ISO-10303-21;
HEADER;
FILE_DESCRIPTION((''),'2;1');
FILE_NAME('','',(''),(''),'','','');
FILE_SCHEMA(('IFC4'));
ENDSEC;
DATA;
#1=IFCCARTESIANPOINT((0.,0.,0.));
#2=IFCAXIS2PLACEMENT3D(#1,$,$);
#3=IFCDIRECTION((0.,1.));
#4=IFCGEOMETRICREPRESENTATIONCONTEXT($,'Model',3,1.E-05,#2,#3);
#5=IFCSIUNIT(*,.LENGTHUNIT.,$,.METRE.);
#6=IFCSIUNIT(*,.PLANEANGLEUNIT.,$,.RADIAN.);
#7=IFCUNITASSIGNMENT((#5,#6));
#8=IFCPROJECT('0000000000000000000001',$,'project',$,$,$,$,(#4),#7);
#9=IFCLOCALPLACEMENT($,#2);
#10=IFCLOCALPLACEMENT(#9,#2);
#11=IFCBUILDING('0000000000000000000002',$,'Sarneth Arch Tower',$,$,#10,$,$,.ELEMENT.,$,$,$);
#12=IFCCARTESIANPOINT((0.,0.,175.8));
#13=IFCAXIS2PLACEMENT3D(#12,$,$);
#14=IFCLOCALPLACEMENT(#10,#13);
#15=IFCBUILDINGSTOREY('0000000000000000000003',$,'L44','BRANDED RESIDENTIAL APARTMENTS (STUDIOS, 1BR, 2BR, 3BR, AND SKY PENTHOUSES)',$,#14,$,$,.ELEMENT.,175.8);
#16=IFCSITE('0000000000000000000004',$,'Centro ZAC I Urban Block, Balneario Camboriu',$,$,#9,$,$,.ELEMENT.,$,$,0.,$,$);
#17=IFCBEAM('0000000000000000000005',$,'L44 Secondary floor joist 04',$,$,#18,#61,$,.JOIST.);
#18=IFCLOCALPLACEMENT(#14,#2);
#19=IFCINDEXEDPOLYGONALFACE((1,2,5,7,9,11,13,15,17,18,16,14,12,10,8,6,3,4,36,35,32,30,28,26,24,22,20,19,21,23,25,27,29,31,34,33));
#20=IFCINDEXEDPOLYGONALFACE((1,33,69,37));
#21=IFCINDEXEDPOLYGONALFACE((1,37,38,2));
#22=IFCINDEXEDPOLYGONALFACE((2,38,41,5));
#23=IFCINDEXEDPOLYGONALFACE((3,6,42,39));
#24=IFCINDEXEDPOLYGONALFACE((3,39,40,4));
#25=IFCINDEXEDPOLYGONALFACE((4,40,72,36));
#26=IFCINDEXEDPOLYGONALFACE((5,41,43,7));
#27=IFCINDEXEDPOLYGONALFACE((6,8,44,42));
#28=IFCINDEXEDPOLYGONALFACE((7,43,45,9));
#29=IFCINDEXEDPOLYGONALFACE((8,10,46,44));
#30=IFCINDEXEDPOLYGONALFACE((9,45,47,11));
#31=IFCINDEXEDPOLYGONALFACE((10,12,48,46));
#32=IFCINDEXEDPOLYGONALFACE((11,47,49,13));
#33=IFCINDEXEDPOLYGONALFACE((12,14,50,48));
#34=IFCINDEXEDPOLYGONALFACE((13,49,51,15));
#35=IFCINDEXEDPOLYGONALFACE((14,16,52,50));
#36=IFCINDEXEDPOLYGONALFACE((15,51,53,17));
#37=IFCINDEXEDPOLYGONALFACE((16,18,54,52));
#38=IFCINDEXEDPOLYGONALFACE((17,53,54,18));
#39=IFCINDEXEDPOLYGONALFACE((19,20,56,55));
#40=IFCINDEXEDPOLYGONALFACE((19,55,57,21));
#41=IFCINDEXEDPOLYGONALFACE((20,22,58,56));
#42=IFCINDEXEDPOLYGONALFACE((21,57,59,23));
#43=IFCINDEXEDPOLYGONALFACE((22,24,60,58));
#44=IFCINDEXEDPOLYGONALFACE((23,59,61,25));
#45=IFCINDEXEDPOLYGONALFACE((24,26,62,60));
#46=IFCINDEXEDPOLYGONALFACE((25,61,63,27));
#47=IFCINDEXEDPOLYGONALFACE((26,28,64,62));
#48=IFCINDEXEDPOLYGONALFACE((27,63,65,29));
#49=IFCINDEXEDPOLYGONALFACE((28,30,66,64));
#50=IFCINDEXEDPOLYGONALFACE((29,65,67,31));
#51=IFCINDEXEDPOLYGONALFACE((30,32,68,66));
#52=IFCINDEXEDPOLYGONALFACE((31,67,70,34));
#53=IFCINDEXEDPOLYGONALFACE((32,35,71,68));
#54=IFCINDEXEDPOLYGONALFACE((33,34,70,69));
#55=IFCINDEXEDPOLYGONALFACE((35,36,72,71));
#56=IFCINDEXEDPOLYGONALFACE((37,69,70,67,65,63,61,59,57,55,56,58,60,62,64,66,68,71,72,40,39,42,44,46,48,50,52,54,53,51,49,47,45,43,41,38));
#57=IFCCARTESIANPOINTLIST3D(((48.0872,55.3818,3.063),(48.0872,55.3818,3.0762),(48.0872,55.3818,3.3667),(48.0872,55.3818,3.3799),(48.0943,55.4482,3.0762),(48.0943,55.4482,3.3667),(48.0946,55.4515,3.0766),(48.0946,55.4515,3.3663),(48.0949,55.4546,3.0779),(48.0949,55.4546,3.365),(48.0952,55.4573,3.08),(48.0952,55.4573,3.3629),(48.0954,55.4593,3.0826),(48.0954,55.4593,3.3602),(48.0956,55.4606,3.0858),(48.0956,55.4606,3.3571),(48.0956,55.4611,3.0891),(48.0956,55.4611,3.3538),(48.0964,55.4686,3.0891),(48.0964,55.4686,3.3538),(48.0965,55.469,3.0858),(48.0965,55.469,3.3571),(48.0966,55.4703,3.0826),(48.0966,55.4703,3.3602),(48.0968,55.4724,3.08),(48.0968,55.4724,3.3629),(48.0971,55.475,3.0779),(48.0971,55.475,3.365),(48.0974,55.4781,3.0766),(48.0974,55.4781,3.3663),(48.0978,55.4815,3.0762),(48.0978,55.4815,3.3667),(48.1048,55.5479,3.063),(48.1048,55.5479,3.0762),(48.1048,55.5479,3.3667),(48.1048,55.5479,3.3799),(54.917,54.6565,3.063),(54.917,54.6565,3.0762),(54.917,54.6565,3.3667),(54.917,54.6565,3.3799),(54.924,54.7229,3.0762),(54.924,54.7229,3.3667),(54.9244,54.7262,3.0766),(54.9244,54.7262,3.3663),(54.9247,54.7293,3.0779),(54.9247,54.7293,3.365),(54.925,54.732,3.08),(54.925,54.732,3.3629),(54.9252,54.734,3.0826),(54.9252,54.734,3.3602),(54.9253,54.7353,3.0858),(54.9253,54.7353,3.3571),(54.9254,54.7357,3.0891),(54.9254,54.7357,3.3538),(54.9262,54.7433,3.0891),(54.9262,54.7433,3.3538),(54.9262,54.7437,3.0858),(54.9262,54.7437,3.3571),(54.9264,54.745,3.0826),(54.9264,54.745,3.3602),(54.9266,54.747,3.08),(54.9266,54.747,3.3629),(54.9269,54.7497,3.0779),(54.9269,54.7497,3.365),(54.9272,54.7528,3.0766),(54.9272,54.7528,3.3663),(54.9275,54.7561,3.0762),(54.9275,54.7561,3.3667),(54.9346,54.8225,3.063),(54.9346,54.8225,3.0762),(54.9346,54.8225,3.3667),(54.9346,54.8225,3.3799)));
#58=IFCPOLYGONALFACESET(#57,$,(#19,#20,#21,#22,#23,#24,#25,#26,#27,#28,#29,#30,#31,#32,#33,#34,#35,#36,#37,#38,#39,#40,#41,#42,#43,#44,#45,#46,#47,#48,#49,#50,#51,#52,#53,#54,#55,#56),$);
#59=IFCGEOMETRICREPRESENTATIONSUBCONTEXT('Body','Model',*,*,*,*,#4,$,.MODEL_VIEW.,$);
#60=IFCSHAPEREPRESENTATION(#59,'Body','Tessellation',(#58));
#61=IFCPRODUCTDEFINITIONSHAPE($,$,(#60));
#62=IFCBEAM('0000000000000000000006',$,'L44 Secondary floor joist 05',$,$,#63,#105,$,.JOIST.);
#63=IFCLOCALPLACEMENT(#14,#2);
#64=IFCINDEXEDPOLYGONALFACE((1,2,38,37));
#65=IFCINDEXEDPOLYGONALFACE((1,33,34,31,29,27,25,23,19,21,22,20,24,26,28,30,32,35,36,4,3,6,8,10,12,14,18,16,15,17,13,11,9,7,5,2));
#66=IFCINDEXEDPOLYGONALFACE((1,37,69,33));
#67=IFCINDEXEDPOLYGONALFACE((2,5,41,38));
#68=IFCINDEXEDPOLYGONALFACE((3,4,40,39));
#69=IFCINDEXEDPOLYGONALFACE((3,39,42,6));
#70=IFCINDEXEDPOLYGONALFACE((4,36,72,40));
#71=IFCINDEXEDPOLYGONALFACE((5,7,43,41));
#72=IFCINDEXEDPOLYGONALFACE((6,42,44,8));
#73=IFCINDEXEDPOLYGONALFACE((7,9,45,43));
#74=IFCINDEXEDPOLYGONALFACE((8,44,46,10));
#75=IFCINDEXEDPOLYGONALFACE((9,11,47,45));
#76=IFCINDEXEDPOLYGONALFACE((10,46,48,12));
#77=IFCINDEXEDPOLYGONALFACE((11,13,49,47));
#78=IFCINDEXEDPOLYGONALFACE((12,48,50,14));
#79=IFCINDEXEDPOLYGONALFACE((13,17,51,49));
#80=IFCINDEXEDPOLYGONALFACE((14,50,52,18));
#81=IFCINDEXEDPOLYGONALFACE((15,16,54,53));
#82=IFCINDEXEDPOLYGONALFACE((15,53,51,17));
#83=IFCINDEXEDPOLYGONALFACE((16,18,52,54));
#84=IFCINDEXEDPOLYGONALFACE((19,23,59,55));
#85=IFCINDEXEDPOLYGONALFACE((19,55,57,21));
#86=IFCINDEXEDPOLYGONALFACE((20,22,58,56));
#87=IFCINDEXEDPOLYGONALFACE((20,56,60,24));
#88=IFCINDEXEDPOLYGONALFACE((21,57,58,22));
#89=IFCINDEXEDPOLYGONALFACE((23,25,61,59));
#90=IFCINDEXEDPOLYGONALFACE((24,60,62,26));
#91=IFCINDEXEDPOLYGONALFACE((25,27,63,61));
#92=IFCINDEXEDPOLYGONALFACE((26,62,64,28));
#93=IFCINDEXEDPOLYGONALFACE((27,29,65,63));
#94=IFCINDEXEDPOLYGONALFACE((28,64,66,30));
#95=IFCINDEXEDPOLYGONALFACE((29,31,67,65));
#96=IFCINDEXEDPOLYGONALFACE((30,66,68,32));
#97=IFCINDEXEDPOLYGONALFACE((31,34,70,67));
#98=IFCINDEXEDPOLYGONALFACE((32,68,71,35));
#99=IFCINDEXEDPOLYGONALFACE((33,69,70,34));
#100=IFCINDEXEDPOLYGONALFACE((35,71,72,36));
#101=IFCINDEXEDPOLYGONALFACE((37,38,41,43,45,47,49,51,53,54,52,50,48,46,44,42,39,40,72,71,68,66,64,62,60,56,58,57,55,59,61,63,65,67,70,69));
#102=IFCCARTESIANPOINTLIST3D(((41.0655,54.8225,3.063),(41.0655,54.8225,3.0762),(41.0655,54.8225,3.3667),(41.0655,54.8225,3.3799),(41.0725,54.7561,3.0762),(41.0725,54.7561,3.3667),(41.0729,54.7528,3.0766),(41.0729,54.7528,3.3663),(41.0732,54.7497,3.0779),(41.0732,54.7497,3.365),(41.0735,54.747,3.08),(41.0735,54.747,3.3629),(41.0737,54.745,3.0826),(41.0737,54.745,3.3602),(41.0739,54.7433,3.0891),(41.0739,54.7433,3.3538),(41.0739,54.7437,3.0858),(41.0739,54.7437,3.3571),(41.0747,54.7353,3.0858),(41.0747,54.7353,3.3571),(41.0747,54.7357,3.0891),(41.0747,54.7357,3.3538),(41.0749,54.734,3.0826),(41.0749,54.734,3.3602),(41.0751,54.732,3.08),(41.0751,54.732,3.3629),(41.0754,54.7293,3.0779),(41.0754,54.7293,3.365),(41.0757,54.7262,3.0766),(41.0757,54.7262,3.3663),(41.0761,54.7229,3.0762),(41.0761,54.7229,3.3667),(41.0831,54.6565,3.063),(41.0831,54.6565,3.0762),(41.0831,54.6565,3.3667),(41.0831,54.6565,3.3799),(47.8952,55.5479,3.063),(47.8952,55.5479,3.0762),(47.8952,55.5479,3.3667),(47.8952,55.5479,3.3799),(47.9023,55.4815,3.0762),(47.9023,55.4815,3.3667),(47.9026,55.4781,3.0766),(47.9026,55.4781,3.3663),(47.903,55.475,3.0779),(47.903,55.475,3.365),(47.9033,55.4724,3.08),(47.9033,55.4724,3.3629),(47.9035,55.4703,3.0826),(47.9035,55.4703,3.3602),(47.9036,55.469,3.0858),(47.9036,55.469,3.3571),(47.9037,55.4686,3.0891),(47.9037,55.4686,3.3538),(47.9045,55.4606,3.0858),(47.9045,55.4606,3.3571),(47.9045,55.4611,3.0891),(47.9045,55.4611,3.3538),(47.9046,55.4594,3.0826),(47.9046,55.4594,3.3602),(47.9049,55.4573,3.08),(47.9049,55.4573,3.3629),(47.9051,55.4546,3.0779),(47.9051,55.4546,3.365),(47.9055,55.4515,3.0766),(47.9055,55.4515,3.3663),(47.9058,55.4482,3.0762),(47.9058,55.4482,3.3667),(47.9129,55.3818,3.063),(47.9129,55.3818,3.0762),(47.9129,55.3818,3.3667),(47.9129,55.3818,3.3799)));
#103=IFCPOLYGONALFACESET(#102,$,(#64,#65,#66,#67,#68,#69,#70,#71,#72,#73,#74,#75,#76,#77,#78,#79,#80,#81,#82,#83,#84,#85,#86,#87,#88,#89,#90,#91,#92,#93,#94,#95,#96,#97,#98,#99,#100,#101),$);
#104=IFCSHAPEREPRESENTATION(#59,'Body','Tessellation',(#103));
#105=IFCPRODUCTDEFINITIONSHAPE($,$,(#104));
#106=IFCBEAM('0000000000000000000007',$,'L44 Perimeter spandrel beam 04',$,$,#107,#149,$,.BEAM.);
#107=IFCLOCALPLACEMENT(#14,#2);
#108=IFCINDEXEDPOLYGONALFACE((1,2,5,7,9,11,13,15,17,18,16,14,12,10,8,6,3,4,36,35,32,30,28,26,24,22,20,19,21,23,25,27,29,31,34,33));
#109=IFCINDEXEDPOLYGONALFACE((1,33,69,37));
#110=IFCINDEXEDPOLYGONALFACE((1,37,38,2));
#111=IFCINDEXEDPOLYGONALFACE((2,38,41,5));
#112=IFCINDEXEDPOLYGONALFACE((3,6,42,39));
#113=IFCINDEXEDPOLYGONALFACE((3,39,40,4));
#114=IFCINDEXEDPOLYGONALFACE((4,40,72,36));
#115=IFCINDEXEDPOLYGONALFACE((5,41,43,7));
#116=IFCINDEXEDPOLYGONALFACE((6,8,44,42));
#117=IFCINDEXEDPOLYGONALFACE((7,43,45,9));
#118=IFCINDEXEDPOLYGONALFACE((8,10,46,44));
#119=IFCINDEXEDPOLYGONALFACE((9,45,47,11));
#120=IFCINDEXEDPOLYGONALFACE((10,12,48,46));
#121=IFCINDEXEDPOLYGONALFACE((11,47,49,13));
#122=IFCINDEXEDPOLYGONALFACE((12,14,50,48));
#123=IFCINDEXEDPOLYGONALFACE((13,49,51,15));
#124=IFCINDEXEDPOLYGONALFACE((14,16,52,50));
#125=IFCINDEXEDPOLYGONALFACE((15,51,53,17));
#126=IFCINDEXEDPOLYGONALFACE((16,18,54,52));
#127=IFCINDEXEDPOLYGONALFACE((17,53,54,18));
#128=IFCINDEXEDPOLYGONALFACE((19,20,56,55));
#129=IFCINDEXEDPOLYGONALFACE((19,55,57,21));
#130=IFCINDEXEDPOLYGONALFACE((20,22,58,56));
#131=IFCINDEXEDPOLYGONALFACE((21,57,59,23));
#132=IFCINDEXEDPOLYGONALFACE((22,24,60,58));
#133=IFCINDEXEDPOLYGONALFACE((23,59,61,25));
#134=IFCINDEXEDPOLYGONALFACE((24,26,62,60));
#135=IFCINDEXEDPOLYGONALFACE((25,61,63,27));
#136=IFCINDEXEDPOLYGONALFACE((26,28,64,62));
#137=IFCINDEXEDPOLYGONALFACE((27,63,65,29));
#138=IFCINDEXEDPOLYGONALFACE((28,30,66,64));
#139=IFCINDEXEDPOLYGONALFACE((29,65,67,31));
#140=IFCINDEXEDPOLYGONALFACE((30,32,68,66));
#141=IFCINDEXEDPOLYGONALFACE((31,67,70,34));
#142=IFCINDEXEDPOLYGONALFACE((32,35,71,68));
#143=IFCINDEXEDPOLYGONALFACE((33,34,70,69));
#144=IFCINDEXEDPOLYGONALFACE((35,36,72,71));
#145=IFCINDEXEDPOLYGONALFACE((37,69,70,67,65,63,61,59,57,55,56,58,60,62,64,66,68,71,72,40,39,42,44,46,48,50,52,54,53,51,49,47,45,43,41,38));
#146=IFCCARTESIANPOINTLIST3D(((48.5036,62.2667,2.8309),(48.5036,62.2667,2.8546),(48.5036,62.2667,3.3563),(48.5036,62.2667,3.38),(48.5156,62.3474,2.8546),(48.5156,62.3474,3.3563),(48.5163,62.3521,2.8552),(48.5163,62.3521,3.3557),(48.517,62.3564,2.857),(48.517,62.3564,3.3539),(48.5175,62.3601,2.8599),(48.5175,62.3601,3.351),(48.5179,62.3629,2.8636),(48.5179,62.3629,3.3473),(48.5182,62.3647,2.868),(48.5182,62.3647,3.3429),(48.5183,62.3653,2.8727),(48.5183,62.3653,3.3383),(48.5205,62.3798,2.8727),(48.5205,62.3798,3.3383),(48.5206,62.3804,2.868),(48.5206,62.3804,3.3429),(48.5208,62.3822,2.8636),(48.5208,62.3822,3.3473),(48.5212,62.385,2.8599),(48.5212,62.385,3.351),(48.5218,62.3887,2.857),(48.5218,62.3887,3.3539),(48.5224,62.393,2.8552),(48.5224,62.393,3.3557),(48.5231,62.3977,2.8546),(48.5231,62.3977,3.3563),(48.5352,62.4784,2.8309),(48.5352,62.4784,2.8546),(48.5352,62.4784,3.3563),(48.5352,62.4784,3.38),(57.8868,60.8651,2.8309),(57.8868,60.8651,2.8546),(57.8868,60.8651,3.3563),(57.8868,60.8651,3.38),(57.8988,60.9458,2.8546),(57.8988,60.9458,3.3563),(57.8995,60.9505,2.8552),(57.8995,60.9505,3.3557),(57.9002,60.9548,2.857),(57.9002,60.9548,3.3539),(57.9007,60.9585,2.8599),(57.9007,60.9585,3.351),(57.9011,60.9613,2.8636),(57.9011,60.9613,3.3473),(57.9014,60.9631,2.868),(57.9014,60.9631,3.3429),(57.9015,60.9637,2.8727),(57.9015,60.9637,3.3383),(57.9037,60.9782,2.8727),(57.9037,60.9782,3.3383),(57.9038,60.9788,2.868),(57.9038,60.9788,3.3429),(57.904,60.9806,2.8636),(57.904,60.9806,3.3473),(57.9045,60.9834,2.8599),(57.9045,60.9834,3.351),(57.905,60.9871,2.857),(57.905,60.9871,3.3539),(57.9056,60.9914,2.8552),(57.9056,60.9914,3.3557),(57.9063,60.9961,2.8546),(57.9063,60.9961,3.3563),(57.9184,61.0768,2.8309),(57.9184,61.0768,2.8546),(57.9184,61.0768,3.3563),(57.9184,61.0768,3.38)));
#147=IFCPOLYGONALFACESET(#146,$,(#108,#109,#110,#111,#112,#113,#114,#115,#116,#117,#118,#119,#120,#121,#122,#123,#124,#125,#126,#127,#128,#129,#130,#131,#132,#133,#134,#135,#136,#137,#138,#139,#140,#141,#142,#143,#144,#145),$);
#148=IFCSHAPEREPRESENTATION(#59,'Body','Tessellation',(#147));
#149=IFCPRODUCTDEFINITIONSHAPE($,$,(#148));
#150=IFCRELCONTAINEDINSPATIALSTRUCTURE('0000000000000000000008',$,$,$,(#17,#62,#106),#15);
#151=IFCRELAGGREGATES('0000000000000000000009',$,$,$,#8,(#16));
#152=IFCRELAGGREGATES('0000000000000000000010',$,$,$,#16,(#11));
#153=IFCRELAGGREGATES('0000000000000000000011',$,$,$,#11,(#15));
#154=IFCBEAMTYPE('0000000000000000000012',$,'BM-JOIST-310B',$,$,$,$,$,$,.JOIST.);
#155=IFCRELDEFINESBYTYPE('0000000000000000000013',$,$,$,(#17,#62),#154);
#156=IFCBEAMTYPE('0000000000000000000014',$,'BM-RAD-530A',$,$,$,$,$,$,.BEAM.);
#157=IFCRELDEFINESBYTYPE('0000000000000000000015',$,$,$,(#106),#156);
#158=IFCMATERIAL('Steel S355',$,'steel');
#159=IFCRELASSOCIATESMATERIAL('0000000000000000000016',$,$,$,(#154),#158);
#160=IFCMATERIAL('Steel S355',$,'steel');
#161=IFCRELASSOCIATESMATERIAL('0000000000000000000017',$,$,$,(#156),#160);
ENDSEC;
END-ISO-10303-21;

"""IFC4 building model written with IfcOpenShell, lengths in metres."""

from ifc_helpers import new_model, si_unit, direction, frame, origin, origin_2d, place, context, subcontext, project, spatial, i_section, extrude, material, material_profile, profile_set, type_object, element, save


model = new_model("IFC4")

# Units and contexts
model_context = context("Model", 3, precision=1e-05, world=origin(), true_north=direction((0.0, 1.0)))
body_context = subcontext(model_context, "Body", "Model", "MODEL_VIEW")
ifc_project = project(units=[si_unit("LENGTHUNIT", "METRE"), si_unit("PLANEANGLEUNIT", "RADIAN")], contexts=[model_context])

# Site, building, storey
site_placement = place(None, origin())
site = spatial("IfcSite", under=ifc_project, at=site_placement, Name="Centro ZAC I Urban Block, Balneario Camboriu", CompositionType="ELEMENT", RefElevation=0.0)
building_placement = place(site_placement, origin())
building = spatial("IfcBuilding", under=site, at=building_placement, Name="Sarneth Arch Tower", CompositionType="ELEMENT")
storey_placement = place(building_placement, frame((0.0, 0.0, 175.8)))
storey = spatial("IfcBuildingStorey", under=building, at=storey_placement, Name="L44", Description="BRANDED RESIDENTIAL APARTMENTS (STUDIOS, 1BR, 2BR, 3BR, AND SKY PENTHOUSES)", CompositionType="ELEMENT", Elevation=175.8)

# Beams
ifc_material_1 = material(Name="Steel S355", Category="steel")
ifc_material_profile_1 = material_profile(ifc_material_1, i_section(OverallWidth=0.167, OverallDepth=0.3169, WebThickness=0.0076, FlangeThickness=0.0132, FilletRadius=0.0129, at=origin_2d()), Name="W310x52")
ifc_profile_set_1 = profile_set([ifc_material_profile_1], Name="Steel S355")
beam_type_1 = type_object("IfcBeamType", Name="BM-JOIST-310B", PredefinedType="JOIST", material=ifc_profile_set_1)
for number, where, z_axis, x_axis, name in (
    (1, (54.9258, 54.7395, 3.2214), (-0.994408, 0.105608, 0.0), (-0.105608, -0.994408, 0.0), "L44 Secondary floor joist 04"),
    (2, (47.9041, 55.4648, 3.2214), (-0.994408, -0.105608, 0.0), (0.105608, -0.994408, 0.0), "L44 Secondary floor joist 05"),
):
    element("IfcBeam", number, at=place(storey_placement, frame(where, z_axis=z_axis, x_axis=x_axis)), inside=storey, type_object=beam_type_1, Name=name, PredefinedType="JOIST", context=body_context, shape_type="SweptSolid", body=[
        extrude(i_section(OverallWidth=0.167, OverallDepth=0.3169, WebThickness=0.0076, FlangeThickness=0.0132, FilletRadius=0.0129, at=origin_2d()), origin(), (0.0, 0.0, 1.0), 6.8682),
    ])
ifc_material_2 = material(Name="Steel S355", Category="steel")
ifc_material_profile_2 = material_profile(ifc_material_2, i_section(OverallWidth=0.2141, OverallDepth=0.5491, WebThickness=0.0146, FlangeThickness=0.0237, FilletRadius=0.0181, at=origin_2d()), Name="W530x138")
ifc_profile_set_2 = profile_set([ifc_material_profile_2], Name="Steel S355")
beam_type_2 = type_object("IfcBeamType", Name="BM-RAD-530A", PredefinedType="BEAM", material=ifc_profile_set_2)
beam_placement = place(storey_placement, frame((57.9026, 60.9709, 3.1055), z_axis=(-0.989027, 0.147734, 0.0), x_axis=(-0.147734, -0.989027, 0.0)))
element("IfcBeam", 3, at=beam_placement, inside=storey, type_object=beam_type_2, Name="L44 Perimeter spandrel beam 04", PredefinedType="BEAM", context=body_context, shape_type="SweptSolid", body=[
    extrude(i_section(OverallWidth=0.2141, OverallDepth=0.5491, WebThickness=0.0146, FlangeThickness=0.0237, FilletRadius=0.0181, at=origin_2d()), origin(), (0.0, 0.0, 1.0), 9.4873),
])

save(model, "model.ifc")
